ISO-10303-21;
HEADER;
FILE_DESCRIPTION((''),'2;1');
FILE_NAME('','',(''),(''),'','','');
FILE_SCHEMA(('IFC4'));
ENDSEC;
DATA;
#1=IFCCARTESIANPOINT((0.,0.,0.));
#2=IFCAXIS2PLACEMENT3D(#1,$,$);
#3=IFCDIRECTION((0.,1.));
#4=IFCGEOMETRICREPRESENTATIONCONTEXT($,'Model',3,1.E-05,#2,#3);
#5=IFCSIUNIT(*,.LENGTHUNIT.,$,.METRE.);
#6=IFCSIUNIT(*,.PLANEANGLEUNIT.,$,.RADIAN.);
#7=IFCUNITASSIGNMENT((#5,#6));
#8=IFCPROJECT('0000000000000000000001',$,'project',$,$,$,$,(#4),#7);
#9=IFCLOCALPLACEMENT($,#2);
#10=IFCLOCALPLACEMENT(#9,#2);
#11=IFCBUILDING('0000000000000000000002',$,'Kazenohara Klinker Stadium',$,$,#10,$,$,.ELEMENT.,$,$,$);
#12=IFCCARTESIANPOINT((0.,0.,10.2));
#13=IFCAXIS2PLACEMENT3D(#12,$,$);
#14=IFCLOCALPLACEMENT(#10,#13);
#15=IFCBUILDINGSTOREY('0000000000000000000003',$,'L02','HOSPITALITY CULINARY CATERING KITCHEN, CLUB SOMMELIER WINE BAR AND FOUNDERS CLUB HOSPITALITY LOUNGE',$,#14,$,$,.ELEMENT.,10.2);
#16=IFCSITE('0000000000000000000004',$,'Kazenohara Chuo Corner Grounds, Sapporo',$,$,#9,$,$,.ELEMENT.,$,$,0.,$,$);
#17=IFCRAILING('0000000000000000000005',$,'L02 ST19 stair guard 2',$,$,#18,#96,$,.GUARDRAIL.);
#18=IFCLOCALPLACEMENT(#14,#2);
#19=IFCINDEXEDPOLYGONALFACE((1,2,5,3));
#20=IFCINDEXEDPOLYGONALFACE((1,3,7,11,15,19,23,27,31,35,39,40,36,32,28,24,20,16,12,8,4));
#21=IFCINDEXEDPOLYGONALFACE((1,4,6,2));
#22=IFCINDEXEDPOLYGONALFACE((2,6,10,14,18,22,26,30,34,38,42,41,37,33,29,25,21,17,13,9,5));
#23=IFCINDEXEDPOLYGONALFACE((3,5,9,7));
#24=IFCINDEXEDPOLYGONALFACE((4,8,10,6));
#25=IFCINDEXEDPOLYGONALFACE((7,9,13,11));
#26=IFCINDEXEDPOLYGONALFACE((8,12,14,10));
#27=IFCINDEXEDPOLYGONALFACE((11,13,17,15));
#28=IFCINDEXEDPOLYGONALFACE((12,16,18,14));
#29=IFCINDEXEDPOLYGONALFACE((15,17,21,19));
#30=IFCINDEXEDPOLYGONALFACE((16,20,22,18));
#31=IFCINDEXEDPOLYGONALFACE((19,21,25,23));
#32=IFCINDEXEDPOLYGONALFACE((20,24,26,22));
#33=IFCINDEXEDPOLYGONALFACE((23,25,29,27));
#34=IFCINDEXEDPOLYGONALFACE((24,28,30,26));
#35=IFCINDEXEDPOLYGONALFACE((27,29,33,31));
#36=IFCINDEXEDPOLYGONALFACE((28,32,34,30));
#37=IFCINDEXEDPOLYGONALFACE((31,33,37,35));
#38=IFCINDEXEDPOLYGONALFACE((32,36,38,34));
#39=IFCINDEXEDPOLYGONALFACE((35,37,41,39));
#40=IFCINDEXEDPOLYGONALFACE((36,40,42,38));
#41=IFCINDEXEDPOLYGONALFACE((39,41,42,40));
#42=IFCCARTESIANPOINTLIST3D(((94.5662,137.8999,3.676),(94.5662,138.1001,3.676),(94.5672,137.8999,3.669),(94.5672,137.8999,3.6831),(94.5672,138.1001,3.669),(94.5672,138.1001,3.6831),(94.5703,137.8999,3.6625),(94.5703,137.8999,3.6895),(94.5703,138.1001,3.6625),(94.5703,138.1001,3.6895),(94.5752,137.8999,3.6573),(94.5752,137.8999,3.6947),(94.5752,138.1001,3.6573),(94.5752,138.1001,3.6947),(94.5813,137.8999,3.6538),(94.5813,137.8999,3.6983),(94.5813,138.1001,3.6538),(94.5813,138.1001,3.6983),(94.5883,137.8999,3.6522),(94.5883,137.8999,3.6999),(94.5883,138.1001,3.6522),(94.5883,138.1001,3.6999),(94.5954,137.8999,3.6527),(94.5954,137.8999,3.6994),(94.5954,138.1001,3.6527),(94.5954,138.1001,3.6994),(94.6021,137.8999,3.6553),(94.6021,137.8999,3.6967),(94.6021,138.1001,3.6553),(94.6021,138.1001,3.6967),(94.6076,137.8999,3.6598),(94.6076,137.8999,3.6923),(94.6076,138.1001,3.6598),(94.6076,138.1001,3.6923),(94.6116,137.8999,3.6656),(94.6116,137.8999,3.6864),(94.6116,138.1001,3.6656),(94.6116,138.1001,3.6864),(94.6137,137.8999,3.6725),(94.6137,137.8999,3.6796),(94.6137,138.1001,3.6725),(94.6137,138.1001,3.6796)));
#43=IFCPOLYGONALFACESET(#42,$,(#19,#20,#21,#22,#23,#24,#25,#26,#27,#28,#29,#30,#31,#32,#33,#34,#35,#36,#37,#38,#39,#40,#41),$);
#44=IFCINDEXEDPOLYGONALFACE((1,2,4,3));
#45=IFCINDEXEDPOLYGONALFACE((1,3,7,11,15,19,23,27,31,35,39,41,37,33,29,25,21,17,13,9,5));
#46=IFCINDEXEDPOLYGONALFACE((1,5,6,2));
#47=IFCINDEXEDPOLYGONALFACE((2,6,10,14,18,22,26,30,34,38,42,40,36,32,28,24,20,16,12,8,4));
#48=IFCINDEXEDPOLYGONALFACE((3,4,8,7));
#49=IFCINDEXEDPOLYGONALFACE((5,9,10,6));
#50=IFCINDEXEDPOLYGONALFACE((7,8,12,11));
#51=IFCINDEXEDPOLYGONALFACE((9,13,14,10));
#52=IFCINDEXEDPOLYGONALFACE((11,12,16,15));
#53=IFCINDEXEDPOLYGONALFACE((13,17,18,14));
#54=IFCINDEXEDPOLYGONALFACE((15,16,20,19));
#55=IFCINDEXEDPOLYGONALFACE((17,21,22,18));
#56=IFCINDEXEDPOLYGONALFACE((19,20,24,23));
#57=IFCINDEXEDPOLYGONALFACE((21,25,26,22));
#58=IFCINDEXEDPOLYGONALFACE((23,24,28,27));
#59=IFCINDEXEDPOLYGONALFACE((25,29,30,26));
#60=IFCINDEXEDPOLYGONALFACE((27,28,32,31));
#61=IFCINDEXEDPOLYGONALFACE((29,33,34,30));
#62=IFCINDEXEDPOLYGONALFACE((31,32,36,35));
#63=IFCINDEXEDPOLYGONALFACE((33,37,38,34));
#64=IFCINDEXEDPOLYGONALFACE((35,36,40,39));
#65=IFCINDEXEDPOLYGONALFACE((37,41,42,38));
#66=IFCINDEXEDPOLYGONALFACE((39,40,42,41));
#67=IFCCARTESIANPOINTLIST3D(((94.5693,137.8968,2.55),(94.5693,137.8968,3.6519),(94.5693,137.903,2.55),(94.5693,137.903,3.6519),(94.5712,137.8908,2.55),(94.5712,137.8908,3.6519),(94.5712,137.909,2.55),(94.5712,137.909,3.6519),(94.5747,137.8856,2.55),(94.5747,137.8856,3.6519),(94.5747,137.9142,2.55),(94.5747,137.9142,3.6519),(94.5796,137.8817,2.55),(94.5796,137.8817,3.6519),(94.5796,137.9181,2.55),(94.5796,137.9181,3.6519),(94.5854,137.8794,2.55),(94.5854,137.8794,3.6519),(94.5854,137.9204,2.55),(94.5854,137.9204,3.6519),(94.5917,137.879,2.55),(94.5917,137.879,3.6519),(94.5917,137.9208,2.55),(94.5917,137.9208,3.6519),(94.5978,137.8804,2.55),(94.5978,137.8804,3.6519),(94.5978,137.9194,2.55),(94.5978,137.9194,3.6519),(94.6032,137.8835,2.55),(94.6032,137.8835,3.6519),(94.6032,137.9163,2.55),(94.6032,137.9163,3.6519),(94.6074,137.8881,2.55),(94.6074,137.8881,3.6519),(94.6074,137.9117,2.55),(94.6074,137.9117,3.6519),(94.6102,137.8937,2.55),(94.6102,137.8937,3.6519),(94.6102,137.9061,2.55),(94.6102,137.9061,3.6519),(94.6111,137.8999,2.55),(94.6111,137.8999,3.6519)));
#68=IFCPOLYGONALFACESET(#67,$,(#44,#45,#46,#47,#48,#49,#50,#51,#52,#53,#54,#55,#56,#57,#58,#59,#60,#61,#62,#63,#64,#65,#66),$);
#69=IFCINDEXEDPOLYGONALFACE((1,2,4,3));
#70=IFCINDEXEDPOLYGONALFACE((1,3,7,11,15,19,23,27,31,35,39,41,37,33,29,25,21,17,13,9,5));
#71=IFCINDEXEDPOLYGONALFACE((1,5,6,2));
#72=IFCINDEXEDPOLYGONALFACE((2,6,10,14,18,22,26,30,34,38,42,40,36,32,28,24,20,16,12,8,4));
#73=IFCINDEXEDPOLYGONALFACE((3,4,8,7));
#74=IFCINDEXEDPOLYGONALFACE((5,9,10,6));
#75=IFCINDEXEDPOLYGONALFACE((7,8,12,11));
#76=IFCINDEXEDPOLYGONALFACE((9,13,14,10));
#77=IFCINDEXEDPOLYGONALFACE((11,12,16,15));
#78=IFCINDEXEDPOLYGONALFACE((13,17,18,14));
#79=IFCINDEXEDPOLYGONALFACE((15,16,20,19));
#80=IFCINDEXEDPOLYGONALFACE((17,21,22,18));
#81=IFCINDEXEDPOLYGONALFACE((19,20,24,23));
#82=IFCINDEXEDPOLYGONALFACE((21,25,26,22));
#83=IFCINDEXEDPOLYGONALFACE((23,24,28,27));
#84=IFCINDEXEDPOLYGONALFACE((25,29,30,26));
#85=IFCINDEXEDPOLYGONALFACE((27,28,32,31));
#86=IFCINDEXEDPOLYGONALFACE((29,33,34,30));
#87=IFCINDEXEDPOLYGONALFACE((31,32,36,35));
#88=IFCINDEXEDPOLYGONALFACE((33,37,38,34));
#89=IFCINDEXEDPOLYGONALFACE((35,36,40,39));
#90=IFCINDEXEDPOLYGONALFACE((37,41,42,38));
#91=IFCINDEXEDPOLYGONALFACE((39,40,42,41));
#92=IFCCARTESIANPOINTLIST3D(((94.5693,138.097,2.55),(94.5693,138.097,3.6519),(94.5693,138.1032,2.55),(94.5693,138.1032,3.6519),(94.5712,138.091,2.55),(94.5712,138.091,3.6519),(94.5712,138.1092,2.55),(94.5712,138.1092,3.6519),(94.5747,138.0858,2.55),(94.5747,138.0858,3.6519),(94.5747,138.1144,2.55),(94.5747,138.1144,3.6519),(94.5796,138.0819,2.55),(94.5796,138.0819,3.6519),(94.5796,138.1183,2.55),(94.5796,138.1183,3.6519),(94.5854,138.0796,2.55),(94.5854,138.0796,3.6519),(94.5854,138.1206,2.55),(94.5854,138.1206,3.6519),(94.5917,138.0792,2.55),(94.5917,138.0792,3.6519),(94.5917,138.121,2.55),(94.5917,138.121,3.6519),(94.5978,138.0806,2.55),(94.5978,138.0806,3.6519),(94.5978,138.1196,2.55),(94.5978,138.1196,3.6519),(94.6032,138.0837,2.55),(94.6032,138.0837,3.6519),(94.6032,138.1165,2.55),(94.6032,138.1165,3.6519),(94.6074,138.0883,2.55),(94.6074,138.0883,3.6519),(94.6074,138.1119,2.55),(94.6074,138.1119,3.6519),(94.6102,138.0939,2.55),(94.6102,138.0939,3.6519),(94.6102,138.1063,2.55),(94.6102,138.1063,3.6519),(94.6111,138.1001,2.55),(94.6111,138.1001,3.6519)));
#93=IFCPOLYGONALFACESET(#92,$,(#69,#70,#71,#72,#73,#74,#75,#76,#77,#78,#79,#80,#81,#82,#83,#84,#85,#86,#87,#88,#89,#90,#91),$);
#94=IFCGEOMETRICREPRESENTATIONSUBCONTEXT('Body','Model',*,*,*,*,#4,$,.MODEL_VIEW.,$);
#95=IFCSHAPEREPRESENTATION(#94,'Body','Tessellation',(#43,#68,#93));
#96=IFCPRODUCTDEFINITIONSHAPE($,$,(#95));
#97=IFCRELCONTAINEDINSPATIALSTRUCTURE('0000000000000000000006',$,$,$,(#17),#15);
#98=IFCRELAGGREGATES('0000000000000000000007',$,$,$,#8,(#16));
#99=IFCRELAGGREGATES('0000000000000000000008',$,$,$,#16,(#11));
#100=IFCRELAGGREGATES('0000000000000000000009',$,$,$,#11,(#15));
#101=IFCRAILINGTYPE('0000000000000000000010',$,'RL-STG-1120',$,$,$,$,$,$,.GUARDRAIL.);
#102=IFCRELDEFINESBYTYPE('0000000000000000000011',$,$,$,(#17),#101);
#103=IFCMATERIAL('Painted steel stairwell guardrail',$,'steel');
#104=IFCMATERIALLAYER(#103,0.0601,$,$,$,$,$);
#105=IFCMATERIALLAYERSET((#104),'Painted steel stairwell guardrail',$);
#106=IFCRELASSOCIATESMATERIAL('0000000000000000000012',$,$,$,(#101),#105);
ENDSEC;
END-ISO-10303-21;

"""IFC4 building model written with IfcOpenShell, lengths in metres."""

from ifc_helpers import new_model, si_unit, direction, frame, origin, origin_2d, place, context, subcontext, project, spatial, circle, extrude, material, layer, layer_set, type_object, element, save


model = new_model("IFC4")

# Units and contexts
model_context = context("Model", 3, precision=1e-05, world=origin(), true_north=direction((0.0, 1.0)))
body_context = subcontext(model_context, "Body", "Model", "MODEL_VIEW")
ifc_project = project(units=[si_unit("LENGTHUNIT", "METRE"), si_unit("PLANEANGLEUNIT", "RADIAN")], contexts=[model_context])

# Site, building, storey
site_placement = place(None, origin())
site = spatial("IfcSite", under=ifc_project, at=site_placement, Name="Kazenohara Chuo Corner Grounds, Sapporo", CompositionType="ELEMENT", RefElevation=0.0)
building_placement = place(site_placement, origin())
building = spatial("IfcBuilding", under=site, at=building_placement, Name="Kazenohara Klinker Stadium", CompositionType="ELEMENT")
storey_placement = place(building_placement, frame((0.0, 0.0, 10.2)))
storey = spatial("IfcBuildingStorey", under=building, at=storey_placement, Name="L02", Description="HOSPITALITY CULINARY CATERING KITCHEN, CLUB SOMMELIER WINE BAR AND FOUNDERS CLUB HOSPITALITY LOUNGE", CompositionType="ELEMENT", Elevation=10.2)

# Railing
ifc_material_1 = material(Name="Painted steel stairwell guardrail", Category="steel")
ifc_layer_1 = layer(ifc_material_1, 0.0601)
ifc_layer_set_1 = layer_set([ifc_layer_1], Name="Painted steel stairwell guardrail")
railing_type_1 = type_object("IfcRailingType", Name="RL-STG-1120", PredefinedType="GUARDRAIL", material=ifc_layer_set_1)
railing_1_placement = place(storey_placement, frame((94.5901, 137.8999, 2.55)))
element("IfcRailing", 1, at=railing_1_placement, inside=storey, type_object=railing_type_1, Name="L02 ST19 stair guard 2", PredefinedType="GUARDRAIL", context=body_context, shape_type="SweptSolid", body=[
    extrude(circle(Radius=0.0239, at=origin_2d()), frame((0.0, 0.0, 1.126), z_axis=(0.0, 1.0, 0.0), x_axis=(-1.0, 0.0, 0.0)), (0.0, 0.0, 1.0), 0.2002),
    extrude(circle(Radius=0.021, at=origin_2d()), origin(), (0.0, 0.0, 1.0), 1.1018),
    extrude(circle(Radius=0.021, at=origin_2d()), frame((0.0, 0.2002, 0.0)), (0.0, 0.0, 1.0), 1.1018),
])

save(model, "model.ifc")
